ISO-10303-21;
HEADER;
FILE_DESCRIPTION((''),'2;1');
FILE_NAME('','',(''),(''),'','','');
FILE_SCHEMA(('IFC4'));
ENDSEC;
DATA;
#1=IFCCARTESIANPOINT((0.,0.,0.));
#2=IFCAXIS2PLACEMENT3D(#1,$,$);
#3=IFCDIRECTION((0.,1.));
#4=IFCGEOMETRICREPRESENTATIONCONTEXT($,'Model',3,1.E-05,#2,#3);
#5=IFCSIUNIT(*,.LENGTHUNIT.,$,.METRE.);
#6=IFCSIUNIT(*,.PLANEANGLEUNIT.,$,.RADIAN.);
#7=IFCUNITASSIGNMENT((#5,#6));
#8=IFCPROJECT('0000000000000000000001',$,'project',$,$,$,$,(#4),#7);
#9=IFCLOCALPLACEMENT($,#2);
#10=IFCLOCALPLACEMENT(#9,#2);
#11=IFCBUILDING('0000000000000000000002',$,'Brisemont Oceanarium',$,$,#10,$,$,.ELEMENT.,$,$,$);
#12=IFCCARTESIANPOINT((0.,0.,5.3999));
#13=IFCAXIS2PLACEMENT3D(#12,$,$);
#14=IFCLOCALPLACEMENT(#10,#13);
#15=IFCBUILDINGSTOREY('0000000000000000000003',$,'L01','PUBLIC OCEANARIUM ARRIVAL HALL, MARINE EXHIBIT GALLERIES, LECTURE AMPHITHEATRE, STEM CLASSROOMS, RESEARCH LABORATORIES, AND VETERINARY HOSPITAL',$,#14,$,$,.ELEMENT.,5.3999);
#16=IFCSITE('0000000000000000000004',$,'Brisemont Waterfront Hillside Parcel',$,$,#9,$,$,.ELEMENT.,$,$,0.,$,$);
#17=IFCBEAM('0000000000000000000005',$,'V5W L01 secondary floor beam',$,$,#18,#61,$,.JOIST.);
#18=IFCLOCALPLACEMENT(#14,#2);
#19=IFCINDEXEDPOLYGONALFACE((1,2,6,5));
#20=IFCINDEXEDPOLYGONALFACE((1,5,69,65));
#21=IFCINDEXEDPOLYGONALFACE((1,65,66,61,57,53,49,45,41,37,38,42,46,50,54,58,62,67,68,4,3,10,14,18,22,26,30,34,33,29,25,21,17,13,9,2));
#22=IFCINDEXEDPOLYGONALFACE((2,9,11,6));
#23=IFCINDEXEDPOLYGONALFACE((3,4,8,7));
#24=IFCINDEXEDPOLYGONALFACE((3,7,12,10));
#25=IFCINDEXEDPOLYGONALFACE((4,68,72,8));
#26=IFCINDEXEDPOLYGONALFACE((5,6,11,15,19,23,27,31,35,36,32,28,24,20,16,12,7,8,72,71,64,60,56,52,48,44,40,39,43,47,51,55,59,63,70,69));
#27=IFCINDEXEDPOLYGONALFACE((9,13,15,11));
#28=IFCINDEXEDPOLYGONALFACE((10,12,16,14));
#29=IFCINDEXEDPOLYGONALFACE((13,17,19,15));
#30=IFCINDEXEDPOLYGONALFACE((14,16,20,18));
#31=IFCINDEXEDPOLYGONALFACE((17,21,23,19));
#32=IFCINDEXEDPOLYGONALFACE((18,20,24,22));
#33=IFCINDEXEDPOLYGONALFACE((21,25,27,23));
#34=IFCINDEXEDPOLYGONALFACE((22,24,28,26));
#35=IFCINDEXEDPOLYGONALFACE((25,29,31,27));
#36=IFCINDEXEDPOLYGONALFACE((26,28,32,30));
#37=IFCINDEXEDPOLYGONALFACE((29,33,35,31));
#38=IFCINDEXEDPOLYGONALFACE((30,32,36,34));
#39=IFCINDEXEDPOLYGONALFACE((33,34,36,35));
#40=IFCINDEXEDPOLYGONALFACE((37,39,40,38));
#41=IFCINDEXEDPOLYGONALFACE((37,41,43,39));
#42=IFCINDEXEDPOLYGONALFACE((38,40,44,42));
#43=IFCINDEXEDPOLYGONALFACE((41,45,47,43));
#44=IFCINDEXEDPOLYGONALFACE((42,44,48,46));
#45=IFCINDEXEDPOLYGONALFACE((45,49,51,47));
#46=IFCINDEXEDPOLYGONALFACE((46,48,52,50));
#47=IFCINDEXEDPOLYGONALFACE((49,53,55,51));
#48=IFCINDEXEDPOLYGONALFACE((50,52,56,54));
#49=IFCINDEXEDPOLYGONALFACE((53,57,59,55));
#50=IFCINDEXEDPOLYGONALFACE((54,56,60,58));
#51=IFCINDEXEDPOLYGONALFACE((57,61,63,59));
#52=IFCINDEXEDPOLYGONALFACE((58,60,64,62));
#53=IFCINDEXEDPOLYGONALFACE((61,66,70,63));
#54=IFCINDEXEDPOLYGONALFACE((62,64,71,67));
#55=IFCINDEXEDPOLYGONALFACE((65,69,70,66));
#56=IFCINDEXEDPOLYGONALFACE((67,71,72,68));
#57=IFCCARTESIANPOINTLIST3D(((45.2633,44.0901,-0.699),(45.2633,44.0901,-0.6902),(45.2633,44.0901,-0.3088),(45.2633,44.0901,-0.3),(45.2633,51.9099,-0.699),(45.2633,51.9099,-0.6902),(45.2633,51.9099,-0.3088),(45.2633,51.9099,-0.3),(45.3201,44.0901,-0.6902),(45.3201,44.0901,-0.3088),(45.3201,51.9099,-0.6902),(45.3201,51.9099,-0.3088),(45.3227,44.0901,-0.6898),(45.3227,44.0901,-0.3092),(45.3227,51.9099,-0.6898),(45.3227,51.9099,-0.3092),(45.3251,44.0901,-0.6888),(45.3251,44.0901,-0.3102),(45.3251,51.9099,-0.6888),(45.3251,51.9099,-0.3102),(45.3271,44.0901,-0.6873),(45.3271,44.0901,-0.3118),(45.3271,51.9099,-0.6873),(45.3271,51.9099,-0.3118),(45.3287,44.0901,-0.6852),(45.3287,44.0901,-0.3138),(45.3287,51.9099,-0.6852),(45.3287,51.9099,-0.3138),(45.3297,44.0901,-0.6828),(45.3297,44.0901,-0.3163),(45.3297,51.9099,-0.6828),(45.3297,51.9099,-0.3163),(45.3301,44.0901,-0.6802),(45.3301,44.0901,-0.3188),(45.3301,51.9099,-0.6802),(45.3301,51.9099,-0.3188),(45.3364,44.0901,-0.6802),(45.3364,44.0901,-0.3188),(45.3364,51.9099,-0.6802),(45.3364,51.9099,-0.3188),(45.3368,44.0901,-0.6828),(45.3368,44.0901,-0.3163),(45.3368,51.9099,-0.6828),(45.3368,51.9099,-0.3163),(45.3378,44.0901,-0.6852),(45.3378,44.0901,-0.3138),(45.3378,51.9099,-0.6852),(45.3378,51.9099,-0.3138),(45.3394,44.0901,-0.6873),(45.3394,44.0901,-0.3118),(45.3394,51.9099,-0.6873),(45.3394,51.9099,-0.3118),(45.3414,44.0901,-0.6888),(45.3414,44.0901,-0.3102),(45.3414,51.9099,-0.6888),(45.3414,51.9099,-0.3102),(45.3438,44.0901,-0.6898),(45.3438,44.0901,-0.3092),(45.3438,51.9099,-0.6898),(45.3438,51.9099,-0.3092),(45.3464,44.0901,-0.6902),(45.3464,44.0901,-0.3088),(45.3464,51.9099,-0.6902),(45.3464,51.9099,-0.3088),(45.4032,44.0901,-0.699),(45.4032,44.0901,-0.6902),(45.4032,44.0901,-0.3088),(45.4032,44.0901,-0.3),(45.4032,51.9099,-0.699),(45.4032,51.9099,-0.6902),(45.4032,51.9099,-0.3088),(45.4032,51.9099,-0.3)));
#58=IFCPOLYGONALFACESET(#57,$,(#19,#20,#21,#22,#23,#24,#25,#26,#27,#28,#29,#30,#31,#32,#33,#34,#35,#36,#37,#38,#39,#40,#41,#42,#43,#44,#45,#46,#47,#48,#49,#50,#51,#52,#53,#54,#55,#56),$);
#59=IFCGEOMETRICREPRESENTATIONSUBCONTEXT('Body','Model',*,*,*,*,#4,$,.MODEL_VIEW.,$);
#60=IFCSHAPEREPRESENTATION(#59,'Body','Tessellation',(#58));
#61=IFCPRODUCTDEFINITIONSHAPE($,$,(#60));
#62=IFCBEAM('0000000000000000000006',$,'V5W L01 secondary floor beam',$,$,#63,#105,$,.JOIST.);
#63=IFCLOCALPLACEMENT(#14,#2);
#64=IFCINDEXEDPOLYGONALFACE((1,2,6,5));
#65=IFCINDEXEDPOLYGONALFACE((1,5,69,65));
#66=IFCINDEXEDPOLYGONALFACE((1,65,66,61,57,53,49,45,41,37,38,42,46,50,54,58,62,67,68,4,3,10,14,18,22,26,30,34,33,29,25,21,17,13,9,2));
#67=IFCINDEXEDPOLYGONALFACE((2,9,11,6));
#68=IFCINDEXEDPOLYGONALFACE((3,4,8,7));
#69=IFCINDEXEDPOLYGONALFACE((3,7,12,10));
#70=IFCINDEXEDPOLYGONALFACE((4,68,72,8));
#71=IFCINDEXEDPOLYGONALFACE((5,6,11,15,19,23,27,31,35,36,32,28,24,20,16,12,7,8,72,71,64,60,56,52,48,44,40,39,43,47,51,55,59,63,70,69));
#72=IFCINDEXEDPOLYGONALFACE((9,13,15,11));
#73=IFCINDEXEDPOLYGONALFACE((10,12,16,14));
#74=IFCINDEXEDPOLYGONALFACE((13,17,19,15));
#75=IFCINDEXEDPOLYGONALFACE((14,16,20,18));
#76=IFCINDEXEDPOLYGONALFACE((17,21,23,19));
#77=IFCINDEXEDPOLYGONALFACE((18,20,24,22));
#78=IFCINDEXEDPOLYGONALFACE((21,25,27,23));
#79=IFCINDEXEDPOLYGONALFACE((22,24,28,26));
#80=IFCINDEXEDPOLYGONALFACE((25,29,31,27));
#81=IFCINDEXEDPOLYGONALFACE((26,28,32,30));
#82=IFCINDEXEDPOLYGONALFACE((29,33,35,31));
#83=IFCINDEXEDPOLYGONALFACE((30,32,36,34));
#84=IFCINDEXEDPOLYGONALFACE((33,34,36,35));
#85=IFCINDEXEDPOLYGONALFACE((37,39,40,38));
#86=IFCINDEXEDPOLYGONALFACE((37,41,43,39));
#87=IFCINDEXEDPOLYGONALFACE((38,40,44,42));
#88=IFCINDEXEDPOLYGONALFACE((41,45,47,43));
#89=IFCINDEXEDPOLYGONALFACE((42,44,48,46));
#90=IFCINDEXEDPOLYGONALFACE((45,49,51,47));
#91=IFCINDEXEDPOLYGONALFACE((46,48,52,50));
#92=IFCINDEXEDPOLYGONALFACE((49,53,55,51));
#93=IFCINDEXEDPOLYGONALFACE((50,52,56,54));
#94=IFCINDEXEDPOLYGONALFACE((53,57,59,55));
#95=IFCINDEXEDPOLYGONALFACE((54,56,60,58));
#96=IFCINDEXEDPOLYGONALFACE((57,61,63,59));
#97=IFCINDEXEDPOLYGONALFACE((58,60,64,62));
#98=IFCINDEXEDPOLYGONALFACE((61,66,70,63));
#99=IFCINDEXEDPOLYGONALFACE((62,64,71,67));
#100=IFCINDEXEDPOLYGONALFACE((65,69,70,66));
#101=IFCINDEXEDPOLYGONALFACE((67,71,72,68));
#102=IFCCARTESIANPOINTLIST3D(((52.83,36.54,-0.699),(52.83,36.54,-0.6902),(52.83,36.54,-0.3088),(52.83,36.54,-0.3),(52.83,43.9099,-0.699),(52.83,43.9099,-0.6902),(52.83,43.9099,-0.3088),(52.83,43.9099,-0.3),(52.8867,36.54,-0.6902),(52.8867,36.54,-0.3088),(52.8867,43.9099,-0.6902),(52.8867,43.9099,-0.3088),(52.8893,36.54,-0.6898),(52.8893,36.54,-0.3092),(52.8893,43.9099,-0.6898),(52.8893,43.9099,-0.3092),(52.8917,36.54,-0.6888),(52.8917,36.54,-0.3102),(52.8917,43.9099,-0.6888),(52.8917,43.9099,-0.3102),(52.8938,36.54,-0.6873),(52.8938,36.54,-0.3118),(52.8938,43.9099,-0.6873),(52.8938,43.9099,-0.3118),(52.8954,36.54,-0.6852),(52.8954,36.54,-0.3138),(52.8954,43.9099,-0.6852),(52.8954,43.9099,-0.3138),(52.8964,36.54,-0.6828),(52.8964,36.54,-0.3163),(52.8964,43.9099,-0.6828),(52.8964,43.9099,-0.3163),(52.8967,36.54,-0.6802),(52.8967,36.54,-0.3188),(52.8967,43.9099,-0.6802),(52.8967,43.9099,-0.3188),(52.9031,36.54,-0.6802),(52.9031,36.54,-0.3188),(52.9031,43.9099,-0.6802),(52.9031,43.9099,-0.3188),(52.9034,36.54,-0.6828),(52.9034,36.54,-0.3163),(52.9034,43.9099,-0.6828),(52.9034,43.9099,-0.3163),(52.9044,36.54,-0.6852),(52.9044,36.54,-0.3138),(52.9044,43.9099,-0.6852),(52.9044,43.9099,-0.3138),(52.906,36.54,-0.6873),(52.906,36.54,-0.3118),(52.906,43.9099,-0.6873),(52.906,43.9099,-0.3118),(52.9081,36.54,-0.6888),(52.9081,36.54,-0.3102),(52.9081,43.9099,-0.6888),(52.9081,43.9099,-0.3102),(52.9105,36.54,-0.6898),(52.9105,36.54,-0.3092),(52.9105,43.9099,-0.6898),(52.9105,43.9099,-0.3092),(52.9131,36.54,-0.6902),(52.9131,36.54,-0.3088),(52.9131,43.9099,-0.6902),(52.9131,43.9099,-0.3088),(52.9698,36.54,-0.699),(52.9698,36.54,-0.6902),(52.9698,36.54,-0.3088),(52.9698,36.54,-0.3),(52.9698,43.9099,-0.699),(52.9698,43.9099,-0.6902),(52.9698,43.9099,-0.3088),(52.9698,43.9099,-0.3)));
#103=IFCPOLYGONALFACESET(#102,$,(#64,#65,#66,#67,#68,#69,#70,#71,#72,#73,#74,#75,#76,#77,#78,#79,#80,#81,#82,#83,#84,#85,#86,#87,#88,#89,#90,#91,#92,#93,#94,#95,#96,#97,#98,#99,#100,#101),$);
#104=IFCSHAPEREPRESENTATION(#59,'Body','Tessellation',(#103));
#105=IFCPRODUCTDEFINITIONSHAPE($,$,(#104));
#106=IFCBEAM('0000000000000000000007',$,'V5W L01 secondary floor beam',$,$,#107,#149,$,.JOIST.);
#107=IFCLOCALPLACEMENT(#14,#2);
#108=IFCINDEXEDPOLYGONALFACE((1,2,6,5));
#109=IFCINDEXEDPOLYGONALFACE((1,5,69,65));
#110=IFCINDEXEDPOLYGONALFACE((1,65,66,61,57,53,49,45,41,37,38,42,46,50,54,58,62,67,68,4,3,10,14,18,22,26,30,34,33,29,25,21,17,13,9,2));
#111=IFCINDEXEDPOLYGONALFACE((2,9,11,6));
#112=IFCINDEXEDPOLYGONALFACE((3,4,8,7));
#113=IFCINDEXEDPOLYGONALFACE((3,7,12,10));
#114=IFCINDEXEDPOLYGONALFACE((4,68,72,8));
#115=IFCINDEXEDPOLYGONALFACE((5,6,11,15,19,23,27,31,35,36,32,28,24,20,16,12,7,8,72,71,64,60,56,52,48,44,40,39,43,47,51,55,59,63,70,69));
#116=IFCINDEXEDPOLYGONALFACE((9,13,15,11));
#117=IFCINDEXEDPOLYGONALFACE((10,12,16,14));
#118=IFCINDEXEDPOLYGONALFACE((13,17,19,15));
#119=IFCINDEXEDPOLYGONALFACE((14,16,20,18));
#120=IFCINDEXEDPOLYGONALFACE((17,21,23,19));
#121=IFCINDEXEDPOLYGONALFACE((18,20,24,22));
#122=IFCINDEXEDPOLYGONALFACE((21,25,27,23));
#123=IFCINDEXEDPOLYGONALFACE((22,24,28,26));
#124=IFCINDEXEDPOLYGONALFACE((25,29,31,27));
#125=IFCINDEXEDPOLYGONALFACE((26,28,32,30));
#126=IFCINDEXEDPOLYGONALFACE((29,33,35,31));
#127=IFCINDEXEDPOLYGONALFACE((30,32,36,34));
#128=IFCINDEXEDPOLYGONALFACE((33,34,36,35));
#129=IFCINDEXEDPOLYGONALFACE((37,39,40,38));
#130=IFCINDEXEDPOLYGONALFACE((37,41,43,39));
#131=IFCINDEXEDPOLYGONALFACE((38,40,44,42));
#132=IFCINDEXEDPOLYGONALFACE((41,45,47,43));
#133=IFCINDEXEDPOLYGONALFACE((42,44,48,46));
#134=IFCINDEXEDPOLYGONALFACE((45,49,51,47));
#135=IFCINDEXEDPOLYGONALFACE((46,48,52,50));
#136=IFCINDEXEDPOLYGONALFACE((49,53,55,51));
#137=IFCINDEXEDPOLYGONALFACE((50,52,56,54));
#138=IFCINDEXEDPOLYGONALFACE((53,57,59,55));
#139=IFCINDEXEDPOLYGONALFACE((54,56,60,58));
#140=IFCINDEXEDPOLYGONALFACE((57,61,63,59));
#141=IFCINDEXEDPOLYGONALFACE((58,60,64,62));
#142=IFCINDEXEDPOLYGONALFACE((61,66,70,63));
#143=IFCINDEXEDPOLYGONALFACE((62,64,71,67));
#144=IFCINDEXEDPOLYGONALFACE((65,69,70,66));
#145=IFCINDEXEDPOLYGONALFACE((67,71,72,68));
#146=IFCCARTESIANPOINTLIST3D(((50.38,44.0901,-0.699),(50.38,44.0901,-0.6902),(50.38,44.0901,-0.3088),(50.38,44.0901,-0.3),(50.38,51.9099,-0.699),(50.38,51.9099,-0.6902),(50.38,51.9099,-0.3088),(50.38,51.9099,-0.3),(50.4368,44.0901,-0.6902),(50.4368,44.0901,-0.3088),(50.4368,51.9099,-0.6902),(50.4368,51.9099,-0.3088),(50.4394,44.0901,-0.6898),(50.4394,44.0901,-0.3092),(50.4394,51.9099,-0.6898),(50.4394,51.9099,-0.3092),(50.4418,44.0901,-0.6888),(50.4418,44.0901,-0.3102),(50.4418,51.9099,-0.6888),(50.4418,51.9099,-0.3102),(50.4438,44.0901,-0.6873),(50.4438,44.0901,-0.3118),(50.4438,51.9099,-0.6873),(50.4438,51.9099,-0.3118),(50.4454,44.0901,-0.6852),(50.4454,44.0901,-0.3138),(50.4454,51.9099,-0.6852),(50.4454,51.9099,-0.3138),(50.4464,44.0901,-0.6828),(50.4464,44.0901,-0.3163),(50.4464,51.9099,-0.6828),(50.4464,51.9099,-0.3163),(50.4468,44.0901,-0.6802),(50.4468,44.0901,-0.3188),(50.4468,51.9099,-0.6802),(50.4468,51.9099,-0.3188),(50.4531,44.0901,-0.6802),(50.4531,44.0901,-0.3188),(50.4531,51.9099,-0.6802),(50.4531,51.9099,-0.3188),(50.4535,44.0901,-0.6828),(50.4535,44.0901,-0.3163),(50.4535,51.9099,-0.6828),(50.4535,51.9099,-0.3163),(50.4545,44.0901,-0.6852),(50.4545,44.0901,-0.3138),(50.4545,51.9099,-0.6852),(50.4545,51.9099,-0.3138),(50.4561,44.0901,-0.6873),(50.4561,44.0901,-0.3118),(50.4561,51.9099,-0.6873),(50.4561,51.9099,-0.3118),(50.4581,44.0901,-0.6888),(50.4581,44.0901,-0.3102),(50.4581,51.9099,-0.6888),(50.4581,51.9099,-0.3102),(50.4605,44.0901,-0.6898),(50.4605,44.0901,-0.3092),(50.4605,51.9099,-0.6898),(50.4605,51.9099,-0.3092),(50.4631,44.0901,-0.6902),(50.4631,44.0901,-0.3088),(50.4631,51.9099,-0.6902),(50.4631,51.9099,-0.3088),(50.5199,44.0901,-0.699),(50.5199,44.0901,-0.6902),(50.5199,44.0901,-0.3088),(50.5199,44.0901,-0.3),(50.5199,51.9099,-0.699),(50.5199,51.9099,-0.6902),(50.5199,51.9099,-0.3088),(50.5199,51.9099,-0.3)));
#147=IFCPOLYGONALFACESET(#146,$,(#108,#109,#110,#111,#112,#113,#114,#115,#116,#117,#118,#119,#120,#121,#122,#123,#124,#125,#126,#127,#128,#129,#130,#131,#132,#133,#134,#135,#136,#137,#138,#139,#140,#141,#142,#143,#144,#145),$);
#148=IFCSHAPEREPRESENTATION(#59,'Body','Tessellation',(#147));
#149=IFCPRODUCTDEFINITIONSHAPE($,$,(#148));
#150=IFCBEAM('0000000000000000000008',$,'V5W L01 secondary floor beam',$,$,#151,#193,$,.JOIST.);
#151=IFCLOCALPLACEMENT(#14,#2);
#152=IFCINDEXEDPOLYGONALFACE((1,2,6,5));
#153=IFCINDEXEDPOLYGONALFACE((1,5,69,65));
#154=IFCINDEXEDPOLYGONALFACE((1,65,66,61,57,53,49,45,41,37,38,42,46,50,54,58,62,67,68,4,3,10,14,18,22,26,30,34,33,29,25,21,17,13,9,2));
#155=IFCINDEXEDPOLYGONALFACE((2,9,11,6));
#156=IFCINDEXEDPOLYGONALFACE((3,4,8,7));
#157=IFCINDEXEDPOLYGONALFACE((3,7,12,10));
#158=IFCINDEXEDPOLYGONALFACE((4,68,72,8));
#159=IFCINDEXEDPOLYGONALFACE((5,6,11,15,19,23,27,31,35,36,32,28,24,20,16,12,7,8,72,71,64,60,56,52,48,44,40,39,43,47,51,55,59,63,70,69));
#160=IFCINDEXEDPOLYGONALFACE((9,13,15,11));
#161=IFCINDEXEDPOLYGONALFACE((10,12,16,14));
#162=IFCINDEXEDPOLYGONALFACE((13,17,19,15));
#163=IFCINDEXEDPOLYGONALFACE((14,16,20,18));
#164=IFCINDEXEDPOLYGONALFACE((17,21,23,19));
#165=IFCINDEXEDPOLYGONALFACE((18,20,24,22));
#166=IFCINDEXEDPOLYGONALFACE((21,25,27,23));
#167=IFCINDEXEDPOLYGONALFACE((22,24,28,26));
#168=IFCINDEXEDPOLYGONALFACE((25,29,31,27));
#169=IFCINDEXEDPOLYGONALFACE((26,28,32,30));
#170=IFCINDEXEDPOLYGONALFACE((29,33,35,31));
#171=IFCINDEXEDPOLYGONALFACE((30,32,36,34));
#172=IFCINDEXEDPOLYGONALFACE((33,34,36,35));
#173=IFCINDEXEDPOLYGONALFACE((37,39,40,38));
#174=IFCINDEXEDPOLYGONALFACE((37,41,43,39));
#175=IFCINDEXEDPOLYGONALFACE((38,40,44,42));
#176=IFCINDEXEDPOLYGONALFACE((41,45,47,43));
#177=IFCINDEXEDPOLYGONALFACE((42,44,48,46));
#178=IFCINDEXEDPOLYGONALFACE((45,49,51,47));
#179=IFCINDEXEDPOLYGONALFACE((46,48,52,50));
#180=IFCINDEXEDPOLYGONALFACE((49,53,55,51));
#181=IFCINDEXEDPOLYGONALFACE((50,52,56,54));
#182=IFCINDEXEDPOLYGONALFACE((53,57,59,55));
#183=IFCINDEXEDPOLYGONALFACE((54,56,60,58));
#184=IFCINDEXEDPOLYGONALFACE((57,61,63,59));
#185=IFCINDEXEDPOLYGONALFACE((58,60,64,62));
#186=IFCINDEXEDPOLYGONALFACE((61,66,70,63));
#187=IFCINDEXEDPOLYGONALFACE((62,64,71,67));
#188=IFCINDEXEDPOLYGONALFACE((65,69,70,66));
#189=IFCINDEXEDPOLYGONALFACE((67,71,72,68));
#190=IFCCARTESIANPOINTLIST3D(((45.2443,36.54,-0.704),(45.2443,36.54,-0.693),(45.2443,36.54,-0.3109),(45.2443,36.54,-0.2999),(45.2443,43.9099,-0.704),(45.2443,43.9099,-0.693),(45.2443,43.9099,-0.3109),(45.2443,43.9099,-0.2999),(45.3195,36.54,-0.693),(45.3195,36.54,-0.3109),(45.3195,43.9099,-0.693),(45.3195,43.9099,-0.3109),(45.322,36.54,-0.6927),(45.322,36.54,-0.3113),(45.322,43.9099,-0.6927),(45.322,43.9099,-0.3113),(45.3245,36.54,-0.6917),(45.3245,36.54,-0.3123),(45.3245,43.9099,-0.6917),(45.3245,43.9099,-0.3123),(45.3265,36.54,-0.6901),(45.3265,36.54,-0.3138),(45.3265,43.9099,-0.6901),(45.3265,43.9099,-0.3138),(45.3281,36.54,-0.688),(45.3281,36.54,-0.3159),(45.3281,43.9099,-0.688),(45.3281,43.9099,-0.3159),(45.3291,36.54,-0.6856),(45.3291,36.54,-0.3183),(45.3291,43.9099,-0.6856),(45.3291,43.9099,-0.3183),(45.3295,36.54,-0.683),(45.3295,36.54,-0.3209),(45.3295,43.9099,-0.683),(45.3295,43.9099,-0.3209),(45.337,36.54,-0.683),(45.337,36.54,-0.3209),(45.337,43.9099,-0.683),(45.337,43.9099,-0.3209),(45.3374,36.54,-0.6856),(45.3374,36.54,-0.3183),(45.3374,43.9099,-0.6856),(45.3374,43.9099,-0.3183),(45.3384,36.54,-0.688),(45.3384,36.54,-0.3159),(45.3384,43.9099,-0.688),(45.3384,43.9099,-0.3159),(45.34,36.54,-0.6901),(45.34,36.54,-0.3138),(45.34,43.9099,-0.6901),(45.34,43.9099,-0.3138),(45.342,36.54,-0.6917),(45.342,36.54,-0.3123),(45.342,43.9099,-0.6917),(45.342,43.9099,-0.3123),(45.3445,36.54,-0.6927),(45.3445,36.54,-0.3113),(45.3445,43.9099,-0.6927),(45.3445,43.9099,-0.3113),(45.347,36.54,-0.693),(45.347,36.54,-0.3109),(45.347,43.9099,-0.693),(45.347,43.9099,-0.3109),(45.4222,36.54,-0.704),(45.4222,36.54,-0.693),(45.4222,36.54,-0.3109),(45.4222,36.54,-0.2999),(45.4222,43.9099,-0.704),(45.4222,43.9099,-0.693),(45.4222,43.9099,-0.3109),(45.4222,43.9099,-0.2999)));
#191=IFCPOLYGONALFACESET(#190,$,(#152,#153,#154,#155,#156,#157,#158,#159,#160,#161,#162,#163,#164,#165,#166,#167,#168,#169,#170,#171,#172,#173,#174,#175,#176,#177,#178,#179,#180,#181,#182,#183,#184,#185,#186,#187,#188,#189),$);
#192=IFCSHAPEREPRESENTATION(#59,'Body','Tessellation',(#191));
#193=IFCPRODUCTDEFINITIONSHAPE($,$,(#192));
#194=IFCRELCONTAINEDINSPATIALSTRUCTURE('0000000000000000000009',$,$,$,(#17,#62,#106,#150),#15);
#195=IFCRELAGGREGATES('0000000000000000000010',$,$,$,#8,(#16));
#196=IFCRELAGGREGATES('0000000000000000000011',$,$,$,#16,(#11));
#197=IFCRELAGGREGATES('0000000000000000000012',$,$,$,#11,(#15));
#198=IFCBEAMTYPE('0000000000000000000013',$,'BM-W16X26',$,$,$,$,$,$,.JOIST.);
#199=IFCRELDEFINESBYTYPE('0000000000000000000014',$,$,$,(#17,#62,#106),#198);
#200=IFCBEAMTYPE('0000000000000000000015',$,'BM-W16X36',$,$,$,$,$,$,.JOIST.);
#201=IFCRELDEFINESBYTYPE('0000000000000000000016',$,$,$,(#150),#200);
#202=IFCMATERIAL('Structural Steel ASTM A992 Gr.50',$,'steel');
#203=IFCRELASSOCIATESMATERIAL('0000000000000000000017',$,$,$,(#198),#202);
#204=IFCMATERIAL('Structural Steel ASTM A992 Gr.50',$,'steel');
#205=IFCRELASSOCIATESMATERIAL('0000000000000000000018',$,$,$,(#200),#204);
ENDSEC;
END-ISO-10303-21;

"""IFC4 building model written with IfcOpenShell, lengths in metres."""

from ifc_helpers import new_model, si_unit, direction, frame, origin, origin_2d, place, context, subcontext, project, spatial, i_section, extrude, material, material_profile, profile_set, type_object, element, save


model = new_model("IFC4")

# Units and contexts
model_context = context("Model", 3, precision=1e-05, world=origin(), true_north=direction((0.0, 1.0)))
body_context = subcontext(model_context, "Body", "Model", "MODEL_VIEW")
ifc_project = project(units=[si_unit("LENGTHUNIT", "METRE"), si_unit("PLANEANGLEUNIT", "RADIAN")], contexts=[model_context])

# Site, building, storey
site_placement = place(None, origin())
site = spatial("IfcSite", under=ifc_project, at=site_placement, Name="Brisemont Waterfront Hillside Parcel", CompositionType="ELEMENT", RefElevation=0.0)
building_placement = place(site_placement, origin())
building = spatial("IfcBuilding", under=site, at=building_placement, Name="Brisemont Oceanarium", CompositionType="ELEMENT")
storey_placement = place(building_placement, frame((0.0, 0.0, 5.3999)))
storey = spatial("IfcBuildingStorey", under=building, at=storey_placement, Name="L01", Description="PUBLIC OCEANARIUM ARRIVAL HALL, MARINE EXHIBIT GALLERIES, LECTURE AMPHITHEATRE, STEM CLASSROOMS, RESEARCH LABORATORIES, AND VETERINARY HOSPITAL", CompositionType="ELEMENT", Elevation=5.3999)

# Beams
ifc_material_1 = material(Name="Structural Steel ASTM A992 Gr.50", Category="steel")
ifc_material_profile_1 = material_profile(ifc_material_1, i_section(OverallWidth=0.1399, OverallDepth=0.3989, WebThickness=0.0063, FlangeThickness=0.0088, FilletRadius=0.01, at=origin_2d()), Name="W16X26")
ifc_profile_set_1 = profile_set([ifc_material_profile_1], Name="Structural Steel ASTM A992 Gr.50")
beam_type_1 = type_object("IfcBeamType", Name="BM-W16X26", PredefinedType="JOIST", material=ifc_profile_set_1)
beam_1_placement = place(storey_placement, frame((45.3333, 44.0901, -0.4995), z_axis=(0.0, 1.0, 0.0), x_axis=(-1.0, 0.0, 0.0)))
element("IfcBeam", 1, at=beam_1_placement, inside=storey, type_object=beam_type_1, Name="V5W L01 secondary floor beam", PredefinedType="JOIST", context=body_context, shape_type="SweptSolid", body=[
    extrude(i_section(OverallWidth=0.1399, OverallDepth=0.3989, WebThickness=0.0063, FlangeThickness=0.0088, FilletRadius=0.01, at=origin_2d()), origin(), (0.0, 0.0, 1.0), 7.8198),
])
beam_2_placement = place(storey_placement, frame((52.8999, 36.54, -0.4995), z_axis=(0.0, 1.0, 0.0), x_axis=(-1.0, 0.0, 0.0)))
element("IfcBeam", 2, at=beam_2_placement, inside=storey, type_object=beam_type_1, Name="V5W L01 secondary floor beam", PredefinedType="JOIST", context=body_context, shape_type="SweptSolid", body=[
    extrude(i_section(OverallWidth=0.1399, OverallDepth=0.3989, WebThickness=0.0063, FlangeThickness=0.0088, FilletRadius=0.01, at=origin_2d()), origin(), (0.0, 0.0, 1.0), 7.3699),
])
beam_3_placement = place(storey_placement, frame((50.45, 44.0901, -0.4995), z_axis=(0.0, 1.0, 0.0), x_axis=(-1.0, 0.0, 0.0)))
element("IfcBeam", 3, at=beam_3_placement, inside=storey, type_object=beam_type_1, Name="V5W L01 secondary floor beam", PredefinedType="JOIST", context=body_context, shape_type="SweptSolid", body=[
    extrude(i_section(OverallWidth=0.1399, OverallDepth=0.3989, WebThickness=0.0063, FlangeThickness=0.0088, FilletRadius=0.01, at=origin_2d()), origin(), (0.0, 0.0, 1.0), 7.8198),
])
ifc_material_2 = material(Name="Structural Steel ASTM A992 Gr.50", Category="steel")
ifc_material_profile_2 = material_profile(ifc_material_2, i_section(OverallWidth=0.178, OverallDepth=0.4041, WebThickness=0.0076, FlangeThickness=0.011, FilletRadius=0.01, at=origin_2d()), Name="W16X36")
ifc_profile_set_2 = profile_set([ifc_material_profile_2], Name="Structural Steel ASTM A992 Gr.50")
beam_type_2 = type_object("IfcBeamType", Name="BM-W16X36", PredefinedType="JOIST", material=ifc_profile_set_2)
beam_4_placement = place(storey_placement, frame((45.3333, 36.54, -0.502), z_axis=(0.0, 1.0, 0.0), x_axis=(-1.0, 0.0, 0.0)))
element("IfcBeam", 4, at=beam_4_placement, inside=storey, type_object=beam_type_2, Name="V5W L01 secondary floor beam", PredefinedType="JOIST", context=body_context, shape_type="SweptSolid", body=[
    extrude(i_section(OverallWidth=0.178, OverallDepth=0.4041, WebThickness=0.0076, FlangeThickness=0.011, FilletRadius=0.01, at=origin_2d()), origin(), (0.0, 0.0, 1.0), 7.3699),
])

save(model, "model.ifc")
